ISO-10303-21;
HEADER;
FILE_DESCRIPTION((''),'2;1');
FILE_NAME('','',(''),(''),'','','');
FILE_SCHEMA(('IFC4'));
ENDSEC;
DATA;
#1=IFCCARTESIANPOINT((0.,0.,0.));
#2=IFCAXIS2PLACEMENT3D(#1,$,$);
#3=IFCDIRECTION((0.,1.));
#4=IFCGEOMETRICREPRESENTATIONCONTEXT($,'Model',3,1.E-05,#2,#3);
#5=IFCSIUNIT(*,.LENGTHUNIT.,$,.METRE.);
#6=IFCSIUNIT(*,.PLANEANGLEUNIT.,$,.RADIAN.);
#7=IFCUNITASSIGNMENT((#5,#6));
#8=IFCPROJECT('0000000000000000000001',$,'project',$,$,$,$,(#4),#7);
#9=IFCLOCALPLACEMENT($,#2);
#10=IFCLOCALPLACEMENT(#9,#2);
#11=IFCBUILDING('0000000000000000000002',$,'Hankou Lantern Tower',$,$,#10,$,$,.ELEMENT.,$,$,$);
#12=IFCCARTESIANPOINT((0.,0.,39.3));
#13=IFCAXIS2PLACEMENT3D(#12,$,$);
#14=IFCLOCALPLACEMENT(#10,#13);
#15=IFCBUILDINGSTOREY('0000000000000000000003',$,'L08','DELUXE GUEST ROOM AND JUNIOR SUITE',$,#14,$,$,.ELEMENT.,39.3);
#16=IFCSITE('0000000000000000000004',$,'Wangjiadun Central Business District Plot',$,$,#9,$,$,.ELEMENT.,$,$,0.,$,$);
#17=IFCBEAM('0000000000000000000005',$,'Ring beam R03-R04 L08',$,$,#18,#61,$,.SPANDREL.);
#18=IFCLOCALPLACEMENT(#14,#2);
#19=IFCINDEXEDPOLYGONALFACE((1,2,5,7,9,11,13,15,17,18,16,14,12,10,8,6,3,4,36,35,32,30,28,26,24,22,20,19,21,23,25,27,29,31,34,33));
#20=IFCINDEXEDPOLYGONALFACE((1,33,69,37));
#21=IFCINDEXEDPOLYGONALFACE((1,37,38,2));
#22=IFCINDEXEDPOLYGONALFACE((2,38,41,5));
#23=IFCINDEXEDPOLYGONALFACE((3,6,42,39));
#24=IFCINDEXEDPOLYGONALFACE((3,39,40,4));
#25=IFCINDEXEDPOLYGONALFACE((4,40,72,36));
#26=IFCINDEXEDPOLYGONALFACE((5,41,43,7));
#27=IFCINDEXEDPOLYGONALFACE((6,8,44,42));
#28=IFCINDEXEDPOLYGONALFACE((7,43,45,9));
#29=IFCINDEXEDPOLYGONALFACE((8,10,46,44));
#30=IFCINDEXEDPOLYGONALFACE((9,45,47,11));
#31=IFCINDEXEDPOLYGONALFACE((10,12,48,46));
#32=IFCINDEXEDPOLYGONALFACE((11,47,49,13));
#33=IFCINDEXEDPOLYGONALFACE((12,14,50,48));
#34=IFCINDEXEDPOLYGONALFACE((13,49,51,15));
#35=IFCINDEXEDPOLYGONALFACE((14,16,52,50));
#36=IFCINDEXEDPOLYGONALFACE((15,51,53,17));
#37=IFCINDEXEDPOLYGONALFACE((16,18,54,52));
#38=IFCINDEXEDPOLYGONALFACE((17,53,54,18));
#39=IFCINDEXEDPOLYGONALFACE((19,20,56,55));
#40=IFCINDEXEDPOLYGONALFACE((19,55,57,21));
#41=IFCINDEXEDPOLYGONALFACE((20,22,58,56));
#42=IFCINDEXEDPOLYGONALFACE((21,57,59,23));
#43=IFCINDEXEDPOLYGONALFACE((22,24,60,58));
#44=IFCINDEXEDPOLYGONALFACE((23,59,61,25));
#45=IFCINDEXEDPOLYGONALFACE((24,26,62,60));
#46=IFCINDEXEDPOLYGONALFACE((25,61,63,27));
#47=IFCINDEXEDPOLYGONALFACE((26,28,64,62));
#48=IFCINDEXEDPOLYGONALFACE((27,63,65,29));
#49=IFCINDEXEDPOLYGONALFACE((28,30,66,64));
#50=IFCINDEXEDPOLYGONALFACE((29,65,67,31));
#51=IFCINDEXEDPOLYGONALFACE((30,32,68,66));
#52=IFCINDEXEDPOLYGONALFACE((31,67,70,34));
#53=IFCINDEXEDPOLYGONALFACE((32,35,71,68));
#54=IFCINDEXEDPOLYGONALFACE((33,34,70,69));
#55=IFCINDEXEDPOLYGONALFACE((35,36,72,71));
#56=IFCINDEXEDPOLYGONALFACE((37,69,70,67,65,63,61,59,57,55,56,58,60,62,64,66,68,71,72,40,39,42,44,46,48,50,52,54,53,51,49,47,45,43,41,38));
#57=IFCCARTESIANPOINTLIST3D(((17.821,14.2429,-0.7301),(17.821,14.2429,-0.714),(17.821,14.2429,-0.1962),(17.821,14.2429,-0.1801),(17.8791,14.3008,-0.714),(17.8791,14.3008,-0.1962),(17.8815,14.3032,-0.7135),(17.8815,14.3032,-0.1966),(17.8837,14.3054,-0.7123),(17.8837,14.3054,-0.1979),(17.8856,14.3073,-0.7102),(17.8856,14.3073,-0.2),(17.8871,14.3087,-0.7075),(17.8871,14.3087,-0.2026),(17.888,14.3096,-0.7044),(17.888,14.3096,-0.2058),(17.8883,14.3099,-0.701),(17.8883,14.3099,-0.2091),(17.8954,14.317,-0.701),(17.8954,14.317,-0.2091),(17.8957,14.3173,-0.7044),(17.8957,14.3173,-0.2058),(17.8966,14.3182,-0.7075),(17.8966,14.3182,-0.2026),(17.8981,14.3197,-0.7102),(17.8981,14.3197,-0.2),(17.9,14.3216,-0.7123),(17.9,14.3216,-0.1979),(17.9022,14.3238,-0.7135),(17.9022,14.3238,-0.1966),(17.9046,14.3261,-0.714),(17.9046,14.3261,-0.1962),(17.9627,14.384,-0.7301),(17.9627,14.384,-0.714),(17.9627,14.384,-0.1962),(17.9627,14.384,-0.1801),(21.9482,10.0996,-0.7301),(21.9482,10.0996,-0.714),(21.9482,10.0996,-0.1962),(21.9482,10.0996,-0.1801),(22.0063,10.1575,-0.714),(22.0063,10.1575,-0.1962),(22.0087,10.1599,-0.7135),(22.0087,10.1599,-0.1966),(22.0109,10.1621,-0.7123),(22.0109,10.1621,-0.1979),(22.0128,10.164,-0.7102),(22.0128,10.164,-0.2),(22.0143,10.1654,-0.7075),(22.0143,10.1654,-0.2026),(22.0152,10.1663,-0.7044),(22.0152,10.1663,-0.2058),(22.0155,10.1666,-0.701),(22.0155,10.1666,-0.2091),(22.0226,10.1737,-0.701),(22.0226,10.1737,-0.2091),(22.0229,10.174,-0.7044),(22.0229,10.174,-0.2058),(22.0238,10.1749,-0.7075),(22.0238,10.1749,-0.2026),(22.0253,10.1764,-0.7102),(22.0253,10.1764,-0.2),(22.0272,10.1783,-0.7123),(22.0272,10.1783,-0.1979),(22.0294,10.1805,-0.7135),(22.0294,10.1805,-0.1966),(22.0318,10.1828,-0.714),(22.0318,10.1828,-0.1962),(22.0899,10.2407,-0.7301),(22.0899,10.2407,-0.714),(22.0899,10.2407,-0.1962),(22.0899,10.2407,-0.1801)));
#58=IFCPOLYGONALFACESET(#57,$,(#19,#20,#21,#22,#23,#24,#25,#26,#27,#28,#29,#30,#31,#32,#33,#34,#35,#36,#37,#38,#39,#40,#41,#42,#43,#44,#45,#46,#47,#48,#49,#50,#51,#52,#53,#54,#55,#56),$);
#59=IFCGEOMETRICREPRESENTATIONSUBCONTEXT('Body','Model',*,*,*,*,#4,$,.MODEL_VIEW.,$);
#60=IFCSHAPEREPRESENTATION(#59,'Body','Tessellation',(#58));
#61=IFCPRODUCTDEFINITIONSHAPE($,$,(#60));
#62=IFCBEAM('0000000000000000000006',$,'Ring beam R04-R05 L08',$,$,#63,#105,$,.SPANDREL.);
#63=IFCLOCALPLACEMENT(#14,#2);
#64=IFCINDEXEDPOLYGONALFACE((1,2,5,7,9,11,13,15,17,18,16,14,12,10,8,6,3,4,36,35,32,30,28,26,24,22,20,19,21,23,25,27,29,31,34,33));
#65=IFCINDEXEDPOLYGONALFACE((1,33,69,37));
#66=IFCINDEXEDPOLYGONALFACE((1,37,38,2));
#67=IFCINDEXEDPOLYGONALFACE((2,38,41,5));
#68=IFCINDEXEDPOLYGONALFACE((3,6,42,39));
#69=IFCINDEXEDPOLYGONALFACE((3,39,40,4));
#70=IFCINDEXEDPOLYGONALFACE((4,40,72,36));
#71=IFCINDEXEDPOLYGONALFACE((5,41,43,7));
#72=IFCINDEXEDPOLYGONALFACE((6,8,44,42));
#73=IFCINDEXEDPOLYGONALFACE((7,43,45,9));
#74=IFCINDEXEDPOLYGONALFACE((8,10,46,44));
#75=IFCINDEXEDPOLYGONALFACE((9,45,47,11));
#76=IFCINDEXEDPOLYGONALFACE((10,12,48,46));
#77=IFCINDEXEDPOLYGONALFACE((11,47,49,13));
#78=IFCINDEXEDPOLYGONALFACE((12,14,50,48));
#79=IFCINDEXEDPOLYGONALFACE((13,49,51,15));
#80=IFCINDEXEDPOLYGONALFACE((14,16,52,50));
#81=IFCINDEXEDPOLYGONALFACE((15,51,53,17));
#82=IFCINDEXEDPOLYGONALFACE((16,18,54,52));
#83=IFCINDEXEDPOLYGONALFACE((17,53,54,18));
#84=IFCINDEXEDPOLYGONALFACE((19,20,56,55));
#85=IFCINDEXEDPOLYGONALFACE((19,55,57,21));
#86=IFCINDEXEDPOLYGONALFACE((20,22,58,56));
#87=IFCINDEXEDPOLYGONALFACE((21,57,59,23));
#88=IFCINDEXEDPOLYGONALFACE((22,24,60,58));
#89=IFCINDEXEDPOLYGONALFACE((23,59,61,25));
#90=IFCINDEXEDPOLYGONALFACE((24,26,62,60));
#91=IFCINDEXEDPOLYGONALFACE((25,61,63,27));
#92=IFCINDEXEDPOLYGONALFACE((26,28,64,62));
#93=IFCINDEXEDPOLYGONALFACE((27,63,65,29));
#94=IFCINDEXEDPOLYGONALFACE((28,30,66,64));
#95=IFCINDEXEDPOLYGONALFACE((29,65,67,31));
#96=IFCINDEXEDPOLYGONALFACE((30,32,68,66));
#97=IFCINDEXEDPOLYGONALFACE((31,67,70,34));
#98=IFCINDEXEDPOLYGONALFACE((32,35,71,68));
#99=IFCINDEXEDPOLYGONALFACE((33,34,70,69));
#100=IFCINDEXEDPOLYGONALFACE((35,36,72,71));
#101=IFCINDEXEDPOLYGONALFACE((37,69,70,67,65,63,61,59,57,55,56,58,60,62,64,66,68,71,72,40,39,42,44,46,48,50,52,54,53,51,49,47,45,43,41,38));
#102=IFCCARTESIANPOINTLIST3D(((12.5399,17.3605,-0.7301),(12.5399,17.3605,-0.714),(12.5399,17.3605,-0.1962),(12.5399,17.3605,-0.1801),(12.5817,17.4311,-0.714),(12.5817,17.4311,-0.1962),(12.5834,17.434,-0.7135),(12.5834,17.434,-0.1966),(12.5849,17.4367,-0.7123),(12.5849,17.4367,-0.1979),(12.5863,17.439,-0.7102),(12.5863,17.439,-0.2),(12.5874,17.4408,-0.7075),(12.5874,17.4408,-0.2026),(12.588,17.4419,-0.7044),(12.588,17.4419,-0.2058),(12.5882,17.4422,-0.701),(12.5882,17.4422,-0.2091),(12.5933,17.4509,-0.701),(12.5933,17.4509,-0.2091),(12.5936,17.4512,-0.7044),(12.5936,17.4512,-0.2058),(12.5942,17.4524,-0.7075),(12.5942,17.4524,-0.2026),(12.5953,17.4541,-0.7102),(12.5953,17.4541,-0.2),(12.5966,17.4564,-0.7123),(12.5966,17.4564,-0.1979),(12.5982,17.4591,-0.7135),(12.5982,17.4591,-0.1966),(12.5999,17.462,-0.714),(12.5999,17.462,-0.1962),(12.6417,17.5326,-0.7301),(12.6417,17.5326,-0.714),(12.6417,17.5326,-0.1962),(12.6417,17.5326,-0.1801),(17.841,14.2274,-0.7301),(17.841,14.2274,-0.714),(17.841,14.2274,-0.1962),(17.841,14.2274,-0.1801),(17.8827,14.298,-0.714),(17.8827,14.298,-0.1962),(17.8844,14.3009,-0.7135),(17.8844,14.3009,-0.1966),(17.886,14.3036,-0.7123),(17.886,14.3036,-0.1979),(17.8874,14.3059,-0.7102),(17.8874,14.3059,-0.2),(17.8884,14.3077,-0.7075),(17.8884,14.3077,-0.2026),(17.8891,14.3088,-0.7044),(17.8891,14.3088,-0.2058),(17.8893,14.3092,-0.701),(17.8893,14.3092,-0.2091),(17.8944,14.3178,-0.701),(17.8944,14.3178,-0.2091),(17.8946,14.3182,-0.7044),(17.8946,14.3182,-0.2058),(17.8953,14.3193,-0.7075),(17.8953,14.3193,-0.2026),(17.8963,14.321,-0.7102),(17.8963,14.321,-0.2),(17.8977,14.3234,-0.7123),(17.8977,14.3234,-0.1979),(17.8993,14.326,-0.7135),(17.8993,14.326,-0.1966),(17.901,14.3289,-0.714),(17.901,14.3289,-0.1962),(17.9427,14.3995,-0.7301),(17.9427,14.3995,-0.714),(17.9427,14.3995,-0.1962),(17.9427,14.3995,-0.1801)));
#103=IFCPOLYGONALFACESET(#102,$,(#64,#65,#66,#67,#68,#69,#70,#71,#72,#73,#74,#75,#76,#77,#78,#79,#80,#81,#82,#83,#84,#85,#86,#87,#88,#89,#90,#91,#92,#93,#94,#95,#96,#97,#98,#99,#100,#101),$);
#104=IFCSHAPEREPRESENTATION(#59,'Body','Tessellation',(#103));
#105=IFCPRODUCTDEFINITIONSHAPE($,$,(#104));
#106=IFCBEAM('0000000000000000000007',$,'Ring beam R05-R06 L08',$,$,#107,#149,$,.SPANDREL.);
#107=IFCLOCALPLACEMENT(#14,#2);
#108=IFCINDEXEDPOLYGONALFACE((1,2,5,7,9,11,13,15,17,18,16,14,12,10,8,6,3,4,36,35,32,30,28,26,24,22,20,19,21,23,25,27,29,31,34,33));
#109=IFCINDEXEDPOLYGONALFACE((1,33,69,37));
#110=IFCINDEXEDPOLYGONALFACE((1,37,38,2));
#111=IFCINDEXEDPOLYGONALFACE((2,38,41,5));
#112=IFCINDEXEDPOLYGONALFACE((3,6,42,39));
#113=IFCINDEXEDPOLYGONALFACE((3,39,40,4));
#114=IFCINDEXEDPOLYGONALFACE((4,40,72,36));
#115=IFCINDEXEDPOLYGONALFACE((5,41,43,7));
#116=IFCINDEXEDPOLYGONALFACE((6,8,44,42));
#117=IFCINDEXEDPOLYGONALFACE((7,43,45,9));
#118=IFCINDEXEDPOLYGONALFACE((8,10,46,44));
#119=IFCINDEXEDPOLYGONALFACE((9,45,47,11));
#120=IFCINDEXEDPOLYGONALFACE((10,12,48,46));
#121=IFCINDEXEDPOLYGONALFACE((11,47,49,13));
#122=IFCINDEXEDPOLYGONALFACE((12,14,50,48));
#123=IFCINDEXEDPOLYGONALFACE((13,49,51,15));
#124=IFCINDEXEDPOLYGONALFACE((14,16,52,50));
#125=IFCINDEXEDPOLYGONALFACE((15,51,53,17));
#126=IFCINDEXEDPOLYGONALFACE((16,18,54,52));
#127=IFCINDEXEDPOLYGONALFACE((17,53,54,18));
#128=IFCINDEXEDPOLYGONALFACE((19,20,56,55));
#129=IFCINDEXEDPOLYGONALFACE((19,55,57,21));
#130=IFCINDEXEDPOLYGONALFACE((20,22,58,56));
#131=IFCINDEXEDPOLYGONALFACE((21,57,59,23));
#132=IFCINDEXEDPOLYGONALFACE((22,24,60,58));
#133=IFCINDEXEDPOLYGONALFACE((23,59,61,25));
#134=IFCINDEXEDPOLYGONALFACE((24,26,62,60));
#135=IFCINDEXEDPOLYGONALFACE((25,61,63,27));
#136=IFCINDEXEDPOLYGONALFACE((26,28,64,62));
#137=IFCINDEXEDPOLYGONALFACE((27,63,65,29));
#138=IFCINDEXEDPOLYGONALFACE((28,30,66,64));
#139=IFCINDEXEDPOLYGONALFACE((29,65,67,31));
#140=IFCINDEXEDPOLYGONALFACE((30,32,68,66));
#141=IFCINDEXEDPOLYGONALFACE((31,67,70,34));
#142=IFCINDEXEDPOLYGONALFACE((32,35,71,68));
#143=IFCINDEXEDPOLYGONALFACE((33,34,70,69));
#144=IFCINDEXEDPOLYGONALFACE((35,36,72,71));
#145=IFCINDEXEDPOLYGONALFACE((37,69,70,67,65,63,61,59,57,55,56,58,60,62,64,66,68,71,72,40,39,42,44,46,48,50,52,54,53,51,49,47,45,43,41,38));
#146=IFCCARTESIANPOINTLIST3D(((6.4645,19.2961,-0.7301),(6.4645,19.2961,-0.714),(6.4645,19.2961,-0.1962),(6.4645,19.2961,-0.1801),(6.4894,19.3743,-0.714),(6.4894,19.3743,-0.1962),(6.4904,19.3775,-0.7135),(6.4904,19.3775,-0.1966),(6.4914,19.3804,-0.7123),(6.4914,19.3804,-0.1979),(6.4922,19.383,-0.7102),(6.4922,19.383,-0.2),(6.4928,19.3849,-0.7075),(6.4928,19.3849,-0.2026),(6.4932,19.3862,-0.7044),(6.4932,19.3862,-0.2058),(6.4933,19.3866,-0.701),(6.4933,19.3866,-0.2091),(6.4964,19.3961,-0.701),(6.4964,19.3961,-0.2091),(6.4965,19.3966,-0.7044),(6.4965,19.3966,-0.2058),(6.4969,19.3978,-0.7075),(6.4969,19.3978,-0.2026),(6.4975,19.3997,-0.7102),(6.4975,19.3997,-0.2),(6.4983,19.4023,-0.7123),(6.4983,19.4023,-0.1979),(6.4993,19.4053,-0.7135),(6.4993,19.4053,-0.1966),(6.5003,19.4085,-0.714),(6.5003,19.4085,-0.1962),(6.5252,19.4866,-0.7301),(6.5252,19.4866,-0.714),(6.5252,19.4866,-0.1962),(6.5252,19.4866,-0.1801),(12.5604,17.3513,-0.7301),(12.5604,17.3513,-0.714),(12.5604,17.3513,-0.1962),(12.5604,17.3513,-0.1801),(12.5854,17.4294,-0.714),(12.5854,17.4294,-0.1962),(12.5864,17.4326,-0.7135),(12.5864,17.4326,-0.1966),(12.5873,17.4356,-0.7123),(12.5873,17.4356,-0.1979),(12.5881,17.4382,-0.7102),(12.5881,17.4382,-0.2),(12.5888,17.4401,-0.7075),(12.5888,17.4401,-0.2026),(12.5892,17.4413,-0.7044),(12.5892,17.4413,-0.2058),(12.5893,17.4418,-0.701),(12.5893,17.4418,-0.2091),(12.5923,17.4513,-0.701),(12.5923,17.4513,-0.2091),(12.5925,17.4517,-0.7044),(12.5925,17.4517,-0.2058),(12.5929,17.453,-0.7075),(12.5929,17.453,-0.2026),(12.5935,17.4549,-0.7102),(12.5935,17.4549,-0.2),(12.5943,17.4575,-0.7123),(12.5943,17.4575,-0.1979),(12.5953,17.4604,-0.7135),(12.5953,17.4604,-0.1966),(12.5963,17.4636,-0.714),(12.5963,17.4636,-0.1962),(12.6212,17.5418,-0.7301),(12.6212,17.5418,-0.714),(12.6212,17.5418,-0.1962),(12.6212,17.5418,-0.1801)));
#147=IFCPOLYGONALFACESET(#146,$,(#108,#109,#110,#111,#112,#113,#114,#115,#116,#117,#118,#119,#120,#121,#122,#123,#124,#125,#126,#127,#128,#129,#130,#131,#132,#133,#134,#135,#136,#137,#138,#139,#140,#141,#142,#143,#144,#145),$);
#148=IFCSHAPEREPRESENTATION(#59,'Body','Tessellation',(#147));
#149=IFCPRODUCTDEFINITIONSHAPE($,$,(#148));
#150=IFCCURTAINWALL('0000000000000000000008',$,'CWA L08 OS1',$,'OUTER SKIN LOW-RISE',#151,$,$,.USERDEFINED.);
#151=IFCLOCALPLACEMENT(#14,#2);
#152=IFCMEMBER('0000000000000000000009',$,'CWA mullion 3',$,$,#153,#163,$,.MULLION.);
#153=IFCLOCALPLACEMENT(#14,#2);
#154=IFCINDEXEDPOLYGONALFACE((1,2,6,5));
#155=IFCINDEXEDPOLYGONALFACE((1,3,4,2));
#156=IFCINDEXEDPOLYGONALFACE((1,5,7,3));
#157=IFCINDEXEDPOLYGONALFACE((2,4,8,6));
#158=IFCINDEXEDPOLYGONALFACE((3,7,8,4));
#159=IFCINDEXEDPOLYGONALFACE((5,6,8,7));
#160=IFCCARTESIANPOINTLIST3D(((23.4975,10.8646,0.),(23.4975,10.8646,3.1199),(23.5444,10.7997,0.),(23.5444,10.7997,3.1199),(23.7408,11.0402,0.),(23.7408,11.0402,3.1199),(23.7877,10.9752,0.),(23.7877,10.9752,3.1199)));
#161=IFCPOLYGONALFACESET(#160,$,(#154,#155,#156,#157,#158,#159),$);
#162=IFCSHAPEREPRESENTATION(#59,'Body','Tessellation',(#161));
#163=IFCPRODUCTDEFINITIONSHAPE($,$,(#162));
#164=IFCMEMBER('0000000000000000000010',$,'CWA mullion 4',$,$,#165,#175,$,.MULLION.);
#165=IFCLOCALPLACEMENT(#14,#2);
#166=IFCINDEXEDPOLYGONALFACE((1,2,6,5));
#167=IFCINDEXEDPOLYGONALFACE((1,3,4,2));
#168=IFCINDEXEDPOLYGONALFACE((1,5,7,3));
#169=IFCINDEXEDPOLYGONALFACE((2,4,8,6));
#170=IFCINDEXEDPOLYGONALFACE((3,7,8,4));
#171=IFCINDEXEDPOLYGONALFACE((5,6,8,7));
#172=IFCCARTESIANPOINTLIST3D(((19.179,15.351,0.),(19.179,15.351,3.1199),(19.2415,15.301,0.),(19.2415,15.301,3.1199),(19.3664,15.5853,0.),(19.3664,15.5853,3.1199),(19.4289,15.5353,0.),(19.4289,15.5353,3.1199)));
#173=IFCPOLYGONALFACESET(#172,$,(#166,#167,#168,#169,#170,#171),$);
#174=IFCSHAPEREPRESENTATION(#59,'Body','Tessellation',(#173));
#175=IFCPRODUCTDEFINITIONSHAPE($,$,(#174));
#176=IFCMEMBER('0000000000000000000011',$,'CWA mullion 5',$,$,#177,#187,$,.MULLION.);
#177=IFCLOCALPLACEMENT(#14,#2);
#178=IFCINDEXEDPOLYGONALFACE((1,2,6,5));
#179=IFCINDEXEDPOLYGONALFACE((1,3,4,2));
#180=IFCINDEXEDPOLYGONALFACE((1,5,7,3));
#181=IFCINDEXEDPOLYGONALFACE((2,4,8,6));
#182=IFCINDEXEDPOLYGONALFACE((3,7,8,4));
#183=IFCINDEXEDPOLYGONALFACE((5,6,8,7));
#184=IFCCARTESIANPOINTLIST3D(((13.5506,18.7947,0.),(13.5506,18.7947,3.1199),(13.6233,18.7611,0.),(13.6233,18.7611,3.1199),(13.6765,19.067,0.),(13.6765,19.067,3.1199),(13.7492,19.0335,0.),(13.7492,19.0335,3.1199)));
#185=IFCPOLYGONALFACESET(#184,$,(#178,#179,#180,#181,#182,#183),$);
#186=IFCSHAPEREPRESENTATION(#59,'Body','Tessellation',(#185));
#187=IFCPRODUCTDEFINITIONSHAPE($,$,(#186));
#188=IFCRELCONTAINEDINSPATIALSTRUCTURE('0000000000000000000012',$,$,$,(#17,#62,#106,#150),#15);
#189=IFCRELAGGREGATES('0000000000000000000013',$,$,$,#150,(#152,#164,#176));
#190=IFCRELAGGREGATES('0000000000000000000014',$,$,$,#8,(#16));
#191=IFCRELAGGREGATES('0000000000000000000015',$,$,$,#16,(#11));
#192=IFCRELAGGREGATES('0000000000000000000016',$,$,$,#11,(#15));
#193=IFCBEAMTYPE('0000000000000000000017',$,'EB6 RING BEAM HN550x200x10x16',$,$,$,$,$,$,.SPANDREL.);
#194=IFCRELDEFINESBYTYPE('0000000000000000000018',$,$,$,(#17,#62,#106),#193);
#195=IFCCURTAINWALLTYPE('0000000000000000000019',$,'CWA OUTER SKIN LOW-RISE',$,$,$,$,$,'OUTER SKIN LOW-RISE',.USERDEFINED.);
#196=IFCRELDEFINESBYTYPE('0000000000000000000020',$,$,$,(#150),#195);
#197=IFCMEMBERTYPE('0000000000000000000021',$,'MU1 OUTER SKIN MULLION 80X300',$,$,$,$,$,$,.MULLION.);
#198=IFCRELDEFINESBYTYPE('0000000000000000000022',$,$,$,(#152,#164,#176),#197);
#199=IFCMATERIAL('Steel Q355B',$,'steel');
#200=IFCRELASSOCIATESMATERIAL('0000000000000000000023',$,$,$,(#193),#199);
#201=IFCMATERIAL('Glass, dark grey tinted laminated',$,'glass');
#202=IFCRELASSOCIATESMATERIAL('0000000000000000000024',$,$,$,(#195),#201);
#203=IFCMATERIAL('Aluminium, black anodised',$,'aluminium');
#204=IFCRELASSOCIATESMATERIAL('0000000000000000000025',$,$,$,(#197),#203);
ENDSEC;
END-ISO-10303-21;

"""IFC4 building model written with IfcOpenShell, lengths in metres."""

from ifc_helpers import new_model, si_unit, direction, frame, origin, origin_2d, place, context, subcontext, project, spatial, rectangle, i_section, extrude, material, material_profile, profile_set, type_object, element, aggregate, save


model = new_model("IFC4")

# Units and contexts
model_context = context("Model", 3, precision=1e-05, world=origin(), true_north=direction((0.0, 1.0)))
body_context = subcontext(model_context, "Body", "Model", "MODEL_VIEW")
ifc_project = project(units=[si_unit("LENGTHUNIT", "METRE"), si_unit("PLANEANGLEUNIT", "RADIAN")], contexts=[model_context])

# Site, building, storey
site_placement = place(None, origin())
site = spatial("IfcSite", under=ifc_project, at=site_placement, Name="Wangjiadun Central Business District Plot", CompositionType="ELEMENT", RefElevation=0.0)
building_placement = place(site_placement, origin())
building = spatial("IfcBuilding", under=site, at=building_placement, Name="Hankou Lantern Tower", CompositionType="ELEMENT")
storey_placement = place(building_placement, frame((0.0, 0.0, 39.3)))
storey = spatial("IfcBuildingStorey", under=building, at=storey_placement, Name="L08", Description="DELUXE GUEST ROOM AND JUNIOR SUITE", CompositionType="ELEMENT", Elevation=39.3)

# Beams
ifc_material_1 = material(Name="Steel Q355B", Category="steel")
ifc_material_profile_1 = material_profile(ifc_material_1, i_section(OverallWidth=0.2, OverallDepth=0.55, WebThickness=0.01, FlangeThickness=0.0161, FilletRadius=0.0129, at=origin_2d()), Name="HN550x200x10x16")
ifc_profile_set_1 = profile_set([ifc_material_profile_1], Name="Steel Q355B")
beam_type_1 = type_object("IfcBeamType", Name="EB6 RING BEAM HN550x200x10x16", PredefinedType="SPANDREL", material=ifc_profile_set_1)
beam_1_placement = place(storey_placement, frame((22.019, 10.1702, -0.4551), z_axis=(-0.705728, 0.708483, 0.0), x_axis=(-0.708483, -0.705728, 0.0)))
element("IfcBeam", 1, at=beam_1_placement, inside=storey, type_object=beam_type_1, Name="Ring beam R03-R04 L08", PredefinedType="SPANDREL", context=body_context, shape_type="SweptSolid", body=[
    extrude(i_section(OverallWidth=0.2, OverallDepth=0.55, WebThickness=0.01, FlangeThickness=0.0161, FilletRadius=0.0129, at=origin_2d()), origin(), (0.0, 0.0, 1.0), 5.8481),
])
beam_2_placement = place(storey_placement, frame((17.8918, 14.3135, -0.4551), z_axis=(-0.860882, 0.508805, 0.0), x_axis=(-0.508805, -0.860882, 0.0)))
element("IfcBeam", 2, at=beam_2_placement, inside=storey, type_object=beam_type_1, Name="Ring beam R04-R05 L08", PredefinedType="SPANDREL", context=body_context, shape_type="SweptSolid", body=[
    extrude(i_section(OverallWidth=0.2, OverallDepth=0.55, WebThickness=0.01, FlangeThickness=0.0161, FilletRadius=0.0129, at=origin_2d()), origin(), (0.0, 0.0, 1.0), 6.1577),
])
beam_3_placement = place(storey_placement, frame((12.5908, 17.4465, -0.4551), z_axis=(-0.95269, 0.303942, 0.0), x_axis=(-0.303942, -0.95269, 0.0)))
element("IfcBeam", 3, at=beam_3_placement, inside=storey, type_object=beam_type_1, Name="Ring beam R05-R06 L08", PredefinedType="SPANDREL", context=body_context, shape_type="SweptSolid", body=[
    extrude(i_section(OverallWidth=0.2, OverallDepth=0.55, WebThickness=0.01, FlangeThickness=0.0161, FilletRadius=0.0129, at=origin_2d()), origin(), (0.0, 0.0, 1.0), 6.3987),
])

# Curtain wall, members
ifc_material_2 = material(Name="Glass, dark grey tinted laminated", Category="glass")
curtain_wall_type = type_object("IfcCurtainWallType", Name="CWA OUTER SKIN LOW-RISE", ElementType="OUTER SKIN LOW-RISE", PredefinedType="USERDEFINED", material=ifc_material_2)
curtain_wall_placement = place(storey_placement, origin())
curtain_wall = element("IfcCurtainWall", 4, at=curtain_wall_placement, inside=storey, type_object=curtain_wall_type, Name="CWA L08 OS1", ObjectType="OUTER SKIN LOW-RISE", PredefinedType="USERDEFINED")
ifc_material_3 = material(Name="Aluminium, black anodised", Category="aluminium")
ifc_material_profile_2 = material_profile(ifc_material_3, rectangle(XDim=0.0801, YDim=0.3, at=origin_2d()), Name="MU1 80X300")
ifc_profile_set_2 = profile_set([ifc_material_profile_2], Name="Aluminium, black anodised")
member_type_1 = type_object("IfcMemberType", Name="MU1 OUTER SKIN MULLION 80X300", PredefinedType="MULLION", material=ifc_profile_set_2)
member_1_placement = place(storey_placement, frame((23.6426, 10.9199, 0.0), z_axis=(0.0, 0.0, 1.0), x_axis=(-0.585206, 0.810885, 0.0)))
member_1 = element("IfcMember", 5, at=member_1_placement, type_object=member_type_1, Name="CWA mullion 3", PredefinedType="MULLION", context=body_context, shape_type="SweptSolid", body=[
    extrude(rectangle(XDim=0.0801, YDim=0.3, at=origin_2d()), origin(), (0.0, 0.0, 1.0), 3.1199),
])
member_2_placement = place(storey_placement, frame((19.304, 15.4431, 0.0), z_axis=(0.0, 0.0, 1.0), x_axis=(-0.780869, 0.624695, 0.0)))
member_2 = element("IfcMember", 6, at=member_2_placement, type_object=member_type_1, Name="CWA mullion 4", PredefinedType="MULLION", context=body_context, shape_type="SweptSolid", body=[
    extrude(rectangle(XDim=0.0801, YDim=0.3, at=origin_2d()), origin(), (0.0, 0.0, 1.0), 3.1199),
])
member_3_placement = place(storey_placement, frame((13.6499, 18.9141, 0.0), z_axis=(0.0, 0.0, 1.0), x_axis=(-0.907841, 0.419314, 0.0)))
member_3 = element("IfcMember", 7, at=member_3_placement, type_object=member_type_1, Name="CWA mullion 5", PredefinedType="MULLION", context=body_context, shape_type="SweptSolid", body=[
    extrude(rectangle(XDim=0.0801, YDim=0.3, at=origin_2d()), origin(), (0.0, 0.0, 1.0), 3.1199),
])

aggregate(curtain_wall, [member_1, member_2, member_3])

save(model, "model.ifc")
